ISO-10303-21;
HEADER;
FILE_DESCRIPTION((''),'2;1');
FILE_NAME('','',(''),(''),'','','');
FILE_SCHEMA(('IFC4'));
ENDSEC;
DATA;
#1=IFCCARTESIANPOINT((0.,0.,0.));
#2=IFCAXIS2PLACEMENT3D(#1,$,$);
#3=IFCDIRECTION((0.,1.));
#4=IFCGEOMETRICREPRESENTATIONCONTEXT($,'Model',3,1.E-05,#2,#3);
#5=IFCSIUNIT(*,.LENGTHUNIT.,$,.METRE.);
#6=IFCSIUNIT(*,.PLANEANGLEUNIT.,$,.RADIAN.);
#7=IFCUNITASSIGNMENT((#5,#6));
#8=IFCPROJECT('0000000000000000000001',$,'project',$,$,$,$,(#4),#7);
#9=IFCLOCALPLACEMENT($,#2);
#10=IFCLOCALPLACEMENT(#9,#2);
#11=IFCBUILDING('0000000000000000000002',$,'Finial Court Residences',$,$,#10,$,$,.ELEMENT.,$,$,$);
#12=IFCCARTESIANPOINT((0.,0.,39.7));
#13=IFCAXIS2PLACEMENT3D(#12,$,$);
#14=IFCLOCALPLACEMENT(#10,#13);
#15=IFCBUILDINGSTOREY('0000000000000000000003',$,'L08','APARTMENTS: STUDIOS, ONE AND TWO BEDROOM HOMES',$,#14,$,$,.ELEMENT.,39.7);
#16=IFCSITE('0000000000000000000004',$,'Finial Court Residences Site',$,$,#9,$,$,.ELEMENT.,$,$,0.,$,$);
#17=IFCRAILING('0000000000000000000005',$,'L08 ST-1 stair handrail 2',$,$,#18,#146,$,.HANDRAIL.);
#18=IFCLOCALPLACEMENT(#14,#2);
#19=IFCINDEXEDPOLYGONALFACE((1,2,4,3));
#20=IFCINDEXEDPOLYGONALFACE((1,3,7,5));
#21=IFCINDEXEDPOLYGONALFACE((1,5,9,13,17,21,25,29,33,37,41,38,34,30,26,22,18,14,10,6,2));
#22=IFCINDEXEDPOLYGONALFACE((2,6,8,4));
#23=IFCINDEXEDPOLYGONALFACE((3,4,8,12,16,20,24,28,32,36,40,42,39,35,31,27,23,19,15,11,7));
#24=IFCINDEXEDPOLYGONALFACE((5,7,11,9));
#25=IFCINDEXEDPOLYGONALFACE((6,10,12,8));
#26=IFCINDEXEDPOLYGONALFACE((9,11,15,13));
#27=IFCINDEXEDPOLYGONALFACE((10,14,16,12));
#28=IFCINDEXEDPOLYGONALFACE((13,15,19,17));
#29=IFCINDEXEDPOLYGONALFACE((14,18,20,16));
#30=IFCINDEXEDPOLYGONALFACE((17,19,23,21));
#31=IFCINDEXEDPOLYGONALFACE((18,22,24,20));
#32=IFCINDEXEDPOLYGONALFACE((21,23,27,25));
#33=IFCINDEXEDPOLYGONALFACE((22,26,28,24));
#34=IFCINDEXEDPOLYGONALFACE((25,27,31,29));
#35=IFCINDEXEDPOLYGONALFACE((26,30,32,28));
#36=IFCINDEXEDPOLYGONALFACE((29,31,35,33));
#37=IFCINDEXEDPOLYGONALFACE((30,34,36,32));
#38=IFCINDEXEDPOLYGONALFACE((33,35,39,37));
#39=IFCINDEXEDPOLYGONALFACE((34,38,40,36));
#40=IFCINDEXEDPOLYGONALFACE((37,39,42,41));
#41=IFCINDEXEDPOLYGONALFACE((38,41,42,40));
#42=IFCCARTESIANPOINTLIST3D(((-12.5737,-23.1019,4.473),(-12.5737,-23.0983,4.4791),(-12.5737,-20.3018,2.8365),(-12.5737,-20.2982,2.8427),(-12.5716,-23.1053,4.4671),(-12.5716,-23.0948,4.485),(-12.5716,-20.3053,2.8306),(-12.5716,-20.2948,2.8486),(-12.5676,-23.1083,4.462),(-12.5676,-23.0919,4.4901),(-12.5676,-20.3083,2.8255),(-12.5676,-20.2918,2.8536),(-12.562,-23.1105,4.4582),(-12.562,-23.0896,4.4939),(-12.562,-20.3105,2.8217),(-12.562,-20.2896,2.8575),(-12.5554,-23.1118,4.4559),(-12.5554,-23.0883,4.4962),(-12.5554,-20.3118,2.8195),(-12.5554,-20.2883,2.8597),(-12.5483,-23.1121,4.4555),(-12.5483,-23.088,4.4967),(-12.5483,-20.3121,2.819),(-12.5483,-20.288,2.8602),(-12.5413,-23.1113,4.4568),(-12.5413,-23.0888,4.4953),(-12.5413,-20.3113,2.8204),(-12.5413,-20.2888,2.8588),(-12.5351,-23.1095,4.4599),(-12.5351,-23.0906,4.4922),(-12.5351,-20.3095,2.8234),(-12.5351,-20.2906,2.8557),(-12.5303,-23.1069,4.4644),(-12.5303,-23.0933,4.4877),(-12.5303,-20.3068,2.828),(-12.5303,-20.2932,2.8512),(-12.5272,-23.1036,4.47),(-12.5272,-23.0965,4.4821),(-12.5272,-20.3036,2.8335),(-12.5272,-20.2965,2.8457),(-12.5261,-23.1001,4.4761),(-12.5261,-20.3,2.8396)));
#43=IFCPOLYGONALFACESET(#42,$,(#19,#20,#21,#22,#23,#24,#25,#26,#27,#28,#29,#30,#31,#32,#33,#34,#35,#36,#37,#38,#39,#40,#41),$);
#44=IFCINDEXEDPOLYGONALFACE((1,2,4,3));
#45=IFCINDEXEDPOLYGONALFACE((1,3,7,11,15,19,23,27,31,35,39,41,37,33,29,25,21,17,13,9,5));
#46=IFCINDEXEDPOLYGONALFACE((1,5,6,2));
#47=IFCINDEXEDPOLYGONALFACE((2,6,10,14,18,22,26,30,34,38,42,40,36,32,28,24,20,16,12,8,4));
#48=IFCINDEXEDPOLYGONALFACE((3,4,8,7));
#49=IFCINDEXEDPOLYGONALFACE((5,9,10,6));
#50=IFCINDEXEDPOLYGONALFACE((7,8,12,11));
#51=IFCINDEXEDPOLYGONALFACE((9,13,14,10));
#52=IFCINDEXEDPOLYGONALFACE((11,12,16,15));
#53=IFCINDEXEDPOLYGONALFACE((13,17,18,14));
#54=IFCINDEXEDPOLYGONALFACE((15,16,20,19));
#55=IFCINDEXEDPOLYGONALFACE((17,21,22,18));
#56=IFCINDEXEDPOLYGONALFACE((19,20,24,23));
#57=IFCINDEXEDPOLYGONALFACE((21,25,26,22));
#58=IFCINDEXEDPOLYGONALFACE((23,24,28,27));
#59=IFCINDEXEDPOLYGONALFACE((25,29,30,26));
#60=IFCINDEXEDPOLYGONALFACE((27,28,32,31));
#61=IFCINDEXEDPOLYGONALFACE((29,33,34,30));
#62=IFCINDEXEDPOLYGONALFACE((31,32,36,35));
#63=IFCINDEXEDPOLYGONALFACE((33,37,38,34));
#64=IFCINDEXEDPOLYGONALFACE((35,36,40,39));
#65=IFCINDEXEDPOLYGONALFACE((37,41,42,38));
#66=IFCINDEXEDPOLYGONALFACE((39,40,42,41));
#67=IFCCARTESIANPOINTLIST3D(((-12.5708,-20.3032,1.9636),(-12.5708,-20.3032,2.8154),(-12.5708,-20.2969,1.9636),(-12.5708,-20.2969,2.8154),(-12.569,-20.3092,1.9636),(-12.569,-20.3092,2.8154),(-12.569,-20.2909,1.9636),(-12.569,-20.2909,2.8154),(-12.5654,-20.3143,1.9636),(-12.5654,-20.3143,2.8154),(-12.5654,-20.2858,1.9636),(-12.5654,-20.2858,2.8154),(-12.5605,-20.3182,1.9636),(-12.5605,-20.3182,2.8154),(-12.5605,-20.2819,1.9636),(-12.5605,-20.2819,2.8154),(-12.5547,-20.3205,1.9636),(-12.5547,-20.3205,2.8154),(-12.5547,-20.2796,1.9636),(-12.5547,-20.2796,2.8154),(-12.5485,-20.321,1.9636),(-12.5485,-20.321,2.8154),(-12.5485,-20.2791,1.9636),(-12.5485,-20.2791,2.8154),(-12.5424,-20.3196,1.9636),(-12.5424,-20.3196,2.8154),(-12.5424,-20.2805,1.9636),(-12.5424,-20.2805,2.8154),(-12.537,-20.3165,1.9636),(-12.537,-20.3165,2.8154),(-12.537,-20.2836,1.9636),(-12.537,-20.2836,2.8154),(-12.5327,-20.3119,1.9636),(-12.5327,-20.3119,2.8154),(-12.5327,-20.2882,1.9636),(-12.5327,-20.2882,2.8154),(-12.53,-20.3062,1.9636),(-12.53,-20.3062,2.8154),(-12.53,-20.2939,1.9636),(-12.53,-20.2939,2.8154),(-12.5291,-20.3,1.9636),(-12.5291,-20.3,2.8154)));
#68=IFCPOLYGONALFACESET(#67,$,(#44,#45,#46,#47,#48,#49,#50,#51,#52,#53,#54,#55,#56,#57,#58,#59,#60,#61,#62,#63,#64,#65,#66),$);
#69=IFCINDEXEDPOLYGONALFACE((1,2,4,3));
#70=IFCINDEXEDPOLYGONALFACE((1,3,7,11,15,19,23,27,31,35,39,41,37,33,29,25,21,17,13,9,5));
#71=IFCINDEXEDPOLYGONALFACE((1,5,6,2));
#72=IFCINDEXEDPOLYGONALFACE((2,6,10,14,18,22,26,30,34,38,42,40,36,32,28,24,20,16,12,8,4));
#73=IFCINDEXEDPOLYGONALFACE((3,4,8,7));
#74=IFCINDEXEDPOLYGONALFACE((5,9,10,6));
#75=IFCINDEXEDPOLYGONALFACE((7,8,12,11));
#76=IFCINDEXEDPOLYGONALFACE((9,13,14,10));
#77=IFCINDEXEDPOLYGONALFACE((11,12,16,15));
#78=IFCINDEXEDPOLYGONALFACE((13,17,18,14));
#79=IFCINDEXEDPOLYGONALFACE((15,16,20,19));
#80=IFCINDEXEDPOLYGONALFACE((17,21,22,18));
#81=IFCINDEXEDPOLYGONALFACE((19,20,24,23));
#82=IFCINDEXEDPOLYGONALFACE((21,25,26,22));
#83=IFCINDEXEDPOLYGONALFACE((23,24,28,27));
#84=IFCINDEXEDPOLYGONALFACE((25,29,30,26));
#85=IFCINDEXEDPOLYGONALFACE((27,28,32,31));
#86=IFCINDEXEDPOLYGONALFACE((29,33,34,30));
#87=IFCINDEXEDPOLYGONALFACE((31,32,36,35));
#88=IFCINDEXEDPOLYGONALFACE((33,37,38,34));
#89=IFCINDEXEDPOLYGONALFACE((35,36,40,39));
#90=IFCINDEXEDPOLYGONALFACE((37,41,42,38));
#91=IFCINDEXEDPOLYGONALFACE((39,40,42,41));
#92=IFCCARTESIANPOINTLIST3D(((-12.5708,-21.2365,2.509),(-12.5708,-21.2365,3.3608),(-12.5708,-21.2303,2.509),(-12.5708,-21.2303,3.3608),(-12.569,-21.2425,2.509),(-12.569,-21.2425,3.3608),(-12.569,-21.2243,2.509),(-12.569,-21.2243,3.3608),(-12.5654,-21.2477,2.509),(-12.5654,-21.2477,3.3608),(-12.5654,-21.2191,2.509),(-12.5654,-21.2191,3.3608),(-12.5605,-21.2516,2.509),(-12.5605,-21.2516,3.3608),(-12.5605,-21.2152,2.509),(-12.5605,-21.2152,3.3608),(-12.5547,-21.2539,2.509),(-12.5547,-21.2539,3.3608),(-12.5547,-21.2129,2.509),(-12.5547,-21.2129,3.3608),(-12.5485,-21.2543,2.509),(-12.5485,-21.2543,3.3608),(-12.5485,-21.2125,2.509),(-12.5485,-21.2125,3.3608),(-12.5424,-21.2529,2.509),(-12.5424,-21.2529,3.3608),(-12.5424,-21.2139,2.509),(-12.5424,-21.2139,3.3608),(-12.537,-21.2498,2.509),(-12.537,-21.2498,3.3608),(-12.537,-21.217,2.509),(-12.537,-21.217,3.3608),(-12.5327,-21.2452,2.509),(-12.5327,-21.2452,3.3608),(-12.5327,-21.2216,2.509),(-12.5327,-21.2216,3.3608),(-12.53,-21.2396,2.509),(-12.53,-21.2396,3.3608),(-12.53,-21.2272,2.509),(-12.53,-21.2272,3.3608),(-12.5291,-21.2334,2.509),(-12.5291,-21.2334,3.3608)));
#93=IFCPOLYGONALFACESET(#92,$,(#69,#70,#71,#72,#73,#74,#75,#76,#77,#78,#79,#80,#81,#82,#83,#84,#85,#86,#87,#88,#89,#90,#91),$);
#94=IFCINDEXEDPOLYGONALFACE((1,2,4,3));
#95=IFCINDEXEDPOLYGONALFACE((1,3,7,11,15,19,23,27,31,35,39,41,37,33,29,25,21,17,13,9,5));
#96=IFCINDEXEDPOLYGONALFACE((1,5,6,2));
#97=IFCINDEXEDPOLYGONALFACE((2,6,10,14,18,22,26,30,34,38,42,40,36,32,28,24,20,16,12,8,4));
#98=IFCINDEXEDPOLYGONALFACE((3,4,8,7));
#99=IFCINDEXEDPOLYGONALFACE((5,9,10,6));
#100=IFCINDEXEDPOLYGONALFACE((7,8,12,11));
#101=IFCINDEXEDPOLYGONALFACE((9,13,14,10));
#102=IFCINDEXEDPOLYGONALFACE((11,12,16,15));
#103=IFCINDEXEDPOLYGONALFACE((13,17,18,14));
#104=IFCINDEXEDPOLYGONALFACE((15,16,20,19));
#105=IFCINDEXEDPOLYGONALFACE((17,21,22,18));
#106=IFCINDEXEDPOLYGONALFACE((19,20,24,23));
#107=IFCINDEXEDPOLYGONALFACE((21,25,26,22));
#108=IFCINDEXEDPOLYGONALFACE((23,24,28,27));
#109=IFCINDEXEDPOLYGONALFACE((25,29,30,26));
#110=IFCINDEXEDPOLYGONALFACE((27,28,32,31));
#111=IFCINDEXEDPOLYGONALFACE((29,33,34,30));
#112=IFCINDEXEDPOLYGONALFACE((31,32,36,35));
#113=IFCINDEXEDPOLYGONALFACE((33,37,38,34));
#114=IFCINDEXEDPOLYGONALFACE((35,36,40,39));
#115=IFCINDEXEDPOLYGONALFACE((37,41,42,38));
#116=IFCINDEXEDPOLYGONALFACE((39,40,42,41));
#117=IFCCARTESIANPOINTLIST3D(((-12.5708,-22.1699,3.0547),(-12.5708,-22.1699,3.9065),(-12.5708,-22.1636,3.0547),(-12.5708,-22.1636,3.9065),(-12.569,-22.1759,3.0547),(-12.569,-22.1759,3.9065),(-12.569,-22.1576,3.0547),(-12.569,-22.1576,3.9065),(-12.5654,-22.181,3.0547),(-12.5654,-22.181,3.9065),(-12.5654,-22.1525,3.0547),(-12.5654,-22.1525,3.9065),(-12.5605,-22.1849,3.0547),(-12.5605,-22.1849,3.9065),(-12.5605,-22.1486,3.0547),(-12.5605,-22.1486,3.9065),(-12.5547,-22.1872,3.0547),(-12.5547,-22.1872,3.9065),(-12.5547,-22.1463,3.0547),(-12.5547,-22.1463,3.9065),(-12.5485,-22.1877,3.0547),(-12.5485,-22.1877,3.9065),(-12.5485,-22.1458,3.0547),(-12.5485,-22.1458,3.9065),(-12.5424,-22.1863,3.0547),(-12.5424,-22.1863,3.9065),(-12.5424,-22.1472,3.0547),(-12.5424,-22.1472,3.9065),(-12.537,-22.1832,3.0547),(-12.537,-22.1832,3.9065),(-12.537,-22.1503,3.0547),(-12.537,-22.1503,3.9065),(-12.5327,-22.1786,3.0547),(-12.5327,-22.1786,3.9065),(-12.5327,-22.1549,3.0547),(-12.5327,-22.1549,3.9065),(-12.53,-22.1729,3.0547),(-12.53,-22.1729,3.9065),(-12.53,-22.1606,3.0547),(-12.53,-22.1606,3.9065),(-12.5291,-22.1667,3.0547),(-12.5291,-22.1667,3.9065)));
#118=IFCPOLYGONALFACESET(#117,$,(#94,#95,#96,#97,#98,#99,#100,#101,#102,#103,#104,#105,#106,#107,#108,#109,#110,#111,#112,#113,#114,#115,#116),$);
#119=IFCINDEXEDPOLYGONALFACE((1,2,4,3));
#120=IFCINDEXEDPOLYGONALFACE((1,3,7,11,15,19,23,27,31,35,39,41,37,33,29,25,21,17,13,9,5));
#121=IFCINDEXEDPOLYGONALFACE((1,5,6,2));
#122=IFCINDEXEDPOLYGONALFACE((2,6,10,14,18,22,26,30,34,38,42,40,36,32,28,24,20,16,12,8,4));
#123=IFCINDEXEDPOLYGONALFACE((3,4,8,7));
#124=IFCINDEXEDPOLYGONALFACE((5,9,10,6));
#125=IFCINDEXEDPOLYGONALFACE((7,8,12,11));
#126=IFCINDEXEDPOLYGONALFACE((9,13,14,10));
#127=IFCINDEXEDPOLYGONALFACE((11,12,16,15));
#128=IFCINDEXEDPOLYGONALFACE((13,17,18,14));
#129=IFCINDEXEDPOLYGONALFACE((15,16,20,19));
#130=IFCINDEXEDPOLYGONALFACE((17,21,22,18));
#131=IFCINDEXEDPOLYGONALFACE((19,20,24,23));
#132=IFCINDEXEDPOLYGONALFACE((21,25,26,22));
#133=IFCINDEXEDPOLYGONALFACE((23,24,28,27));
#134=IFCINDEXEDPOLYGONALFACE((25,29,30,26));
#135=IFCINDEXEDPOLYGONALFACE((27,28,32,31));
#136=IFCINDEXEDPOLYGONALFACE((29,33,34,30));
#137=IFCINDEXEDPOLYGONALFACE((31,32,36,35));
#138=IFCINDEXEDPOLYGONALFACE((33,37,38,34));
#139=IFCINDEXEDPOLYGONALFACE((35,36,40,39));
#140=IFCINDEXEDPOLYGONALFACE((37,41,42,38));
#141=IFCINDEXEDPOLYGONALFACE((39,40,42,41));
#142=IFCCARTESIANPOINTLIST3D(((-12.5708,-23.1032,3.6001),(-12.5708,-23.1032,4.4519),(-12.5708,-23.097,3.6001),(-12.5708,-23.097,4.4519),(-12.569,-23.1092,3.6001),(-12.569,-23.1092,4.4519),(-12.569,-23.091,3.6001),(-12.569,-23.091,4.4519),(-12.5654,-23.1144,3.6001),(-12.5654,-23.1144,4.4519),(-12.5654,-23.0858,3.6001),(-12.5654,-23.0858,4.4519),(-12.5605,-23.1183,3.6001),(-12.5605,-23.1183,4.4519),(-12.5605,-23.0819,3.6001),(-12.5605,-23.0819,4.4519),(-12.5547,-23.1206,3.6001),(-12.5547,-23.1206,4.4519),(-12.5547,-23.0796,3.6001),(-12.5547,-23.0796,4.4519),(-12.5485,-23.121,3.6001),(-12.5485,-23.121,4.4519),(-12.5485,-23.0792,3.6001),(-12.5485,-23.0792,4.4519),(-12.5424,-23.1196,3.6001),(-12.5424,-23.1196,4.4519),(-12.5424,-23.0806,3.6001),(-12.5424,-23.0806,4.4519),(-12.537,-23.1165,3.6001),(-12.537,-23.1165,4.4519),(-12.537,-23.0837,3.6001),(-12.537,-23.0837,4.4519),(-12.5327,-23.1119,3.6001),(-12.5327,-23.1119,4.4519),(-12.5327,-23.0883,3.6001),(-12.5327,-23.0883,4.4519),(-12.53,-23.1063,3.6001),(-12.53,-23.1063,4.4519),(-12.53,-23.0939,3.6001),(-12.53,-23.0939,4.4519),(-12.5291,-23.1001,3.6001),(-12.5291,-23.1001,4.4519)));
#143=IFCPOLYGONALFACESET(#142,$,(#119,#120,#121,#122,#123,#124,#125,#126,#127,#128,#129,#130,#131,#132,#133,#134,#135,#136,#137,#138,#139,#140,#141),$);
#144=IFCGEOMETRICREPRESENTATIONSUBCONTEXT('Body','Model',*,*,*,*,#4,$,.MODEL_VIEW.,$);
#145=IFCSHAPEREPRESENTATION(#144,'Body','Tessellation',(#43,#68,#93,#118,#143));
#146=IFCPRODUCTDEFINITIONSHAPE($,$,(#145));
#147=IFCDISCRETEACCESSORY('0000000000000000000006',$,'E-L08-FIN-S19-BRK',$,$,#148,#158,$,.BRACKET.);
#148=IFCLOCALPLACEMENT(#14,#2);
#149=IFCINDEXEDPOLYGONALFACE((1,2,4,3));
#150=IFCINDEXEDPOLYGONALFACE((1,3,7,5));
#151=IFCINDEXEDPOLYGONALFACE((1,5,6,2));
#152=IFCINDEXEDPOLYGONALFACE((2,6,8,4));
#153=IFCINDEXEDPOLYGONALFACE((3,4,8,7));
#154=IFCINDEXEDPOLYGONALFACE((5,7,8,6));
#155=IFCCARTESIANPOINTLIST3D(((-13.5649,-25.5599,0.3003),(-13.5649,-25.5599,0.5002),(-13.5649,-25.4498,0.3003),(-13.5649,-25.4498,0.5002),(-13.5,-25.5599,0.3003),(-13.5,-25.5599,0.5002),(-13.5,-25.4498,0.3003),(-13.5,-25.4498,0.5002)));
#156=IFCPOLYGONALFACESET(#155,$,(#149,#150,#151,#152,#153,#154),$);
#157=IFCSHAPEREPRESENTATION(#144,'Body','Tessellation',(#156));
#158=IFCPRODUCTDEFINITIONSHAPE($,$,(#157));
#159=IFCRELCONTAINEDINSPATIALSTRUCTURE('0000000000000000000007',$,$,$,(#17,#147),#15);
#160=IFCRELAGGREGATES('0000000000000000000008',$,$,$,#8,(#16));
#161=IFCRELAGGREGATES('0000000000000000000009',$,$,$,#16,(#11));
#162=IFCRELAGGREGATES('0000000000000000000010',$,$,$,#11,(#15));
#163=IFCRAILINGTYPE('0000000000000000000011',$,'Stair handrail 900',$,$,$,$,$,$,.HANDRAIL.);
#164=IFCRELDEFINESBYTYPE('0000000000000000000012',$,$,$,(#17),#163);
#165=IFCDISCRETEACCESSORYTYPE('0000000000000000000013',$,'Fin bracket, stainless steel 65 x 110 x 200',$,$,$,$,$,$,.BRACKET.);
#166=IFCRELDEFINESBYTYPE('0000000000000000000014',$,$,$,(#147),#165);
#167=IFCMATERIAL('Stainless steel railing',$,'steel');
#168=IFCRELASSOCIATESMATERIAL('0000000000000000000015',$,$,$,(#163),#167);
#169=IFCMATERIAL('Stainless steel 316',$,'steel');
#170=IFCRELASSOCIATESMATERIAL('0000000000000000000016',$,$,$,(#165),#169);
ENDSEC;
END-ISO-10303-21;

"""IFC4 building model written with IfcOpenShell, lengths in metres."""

from ifc_helpers import new_model, si_unit, direction, frame, origin, origin_2d, place, context, subcontext, project, spatial, rectangle, circle, extrude, material, type_object, element, save


model = new_model("IFC4")

# Units and contexts
model_context = context("Model", 3, precision=1e-05, world=origin(), true_north=direction((0.0, 1.0)))
body_context = subcontext(model_context, "Body", "Model", "MODEL_VIEW")
ifc_project = project(units=[si_unit("LENGTHUNIT", "METRE"), si_unit("PLANEANGLEUNIT", "RADIAN")], contexts=[model_context])

# Site, building, storey
site_placement = place(None, origin())
site = spatial("IfcSite", under=ifc_project, at=site_placement, Name="Finial Court Residences Site", CompositionType="ELEMENT", RefElevation=0.0)
building_placement = place(site_placement, origin())
building = spatial("IfcBuilding", under=site, at=building_placement, Name="Finial Court Residences", CompositionType="ELEMENT")
storey_placement = place(building_placement, frame((0.0, 0.0, 39.7)))
storey = spatial("IfcBuildingStorey", under=building, at=storey_placement, Name="L08", Description="APARTMENTS: STUDIOS, ONE AND TWO BEDROOM HOMES", CompositionType="ELEMENT", Elevation=39.7)

# Railing
ifc_material_1 = material(Name="Stainless steel railing", Category="steel")
railing_type_1 = type_object("IfcRailingType", Name="Stair handrail 900", PredefinedType="HANDRAIL", material=ifc_material_1)
railing_1_placement = place(storey_placement, frame((-12.55, -20.3, 1.9636)))
element("IfcRailing", 1, at=railing_1_placement, inside=storey, type_object=railing_type_1, Name="L08 ST-1 stair handrail 2", PredefinedType="HANDRAIL", context=body_context, shape_type="SweptSolid", body=[
    extrude(circle(Radius=0.0239, at=origin_2d()), frame((0.0, 0.0, 0.876), z_axis=(0.0, -0.863361, 0.504587), x_axis=(1.0, 0.0, 0.0)), (0.0, 0.0, 1.0), 3.2432),
    extrude(circle(Radius=0.021, at=origin_2d()), origin(), (0.0, 0.0, 1.0), 0.8518),
    extrude(circle(Radius=0.021, at=origin_2d()), frame((0.0, -0.9333, 0.5454)), (0.0, 0.0, 1.0), 0.8518),
    extrude(circle(Radius=0.021, at=origin_2d()), frame((0.0, -1.8667, 1.0911)), (0.0, 0.0, 1.0), 0.8518),
    extrude(circle(Radius=0.021, at=origin_2d()), frame((0.0, -2.8, 1.6365)), (0.0, 0.0, 1.0), 0.8518),
])

# Discrete accessory
ifc_material_2 = material(Name="Stainless steel 316", Category="steel")
discrete_accessory_type = type_object("IfcDiscreteAccessoryType", Name="Fin bracket, stainless steel 65 x 110 x 200", PredefinedType="BRACKET", material=ifc_material_2)
discrete_accessory_placement = place(storey_placement, frame((-13.5325, -25.5049, 0.3003), z_axis=(0.0, 0.0, 1.0), x_axis=(1.0, 0.0, 0.0)))
element("IfcDiscreteAccessory", 2, at=discrete_accessory_placement, inside=storey, type_object=discrete_accessory_type, Name="E-L08-FIN-S19-BRK", PredefinedType="BRACKET", context=body_context, shape_type="SweptSolid", body=[
    extrude(rectangle(XDim=0.0649, YDim=0.1101, at=origin_2d()), origin(), (0.0, 0.0, 1.0), 0.2),
])

save(model, "model.ifc")
